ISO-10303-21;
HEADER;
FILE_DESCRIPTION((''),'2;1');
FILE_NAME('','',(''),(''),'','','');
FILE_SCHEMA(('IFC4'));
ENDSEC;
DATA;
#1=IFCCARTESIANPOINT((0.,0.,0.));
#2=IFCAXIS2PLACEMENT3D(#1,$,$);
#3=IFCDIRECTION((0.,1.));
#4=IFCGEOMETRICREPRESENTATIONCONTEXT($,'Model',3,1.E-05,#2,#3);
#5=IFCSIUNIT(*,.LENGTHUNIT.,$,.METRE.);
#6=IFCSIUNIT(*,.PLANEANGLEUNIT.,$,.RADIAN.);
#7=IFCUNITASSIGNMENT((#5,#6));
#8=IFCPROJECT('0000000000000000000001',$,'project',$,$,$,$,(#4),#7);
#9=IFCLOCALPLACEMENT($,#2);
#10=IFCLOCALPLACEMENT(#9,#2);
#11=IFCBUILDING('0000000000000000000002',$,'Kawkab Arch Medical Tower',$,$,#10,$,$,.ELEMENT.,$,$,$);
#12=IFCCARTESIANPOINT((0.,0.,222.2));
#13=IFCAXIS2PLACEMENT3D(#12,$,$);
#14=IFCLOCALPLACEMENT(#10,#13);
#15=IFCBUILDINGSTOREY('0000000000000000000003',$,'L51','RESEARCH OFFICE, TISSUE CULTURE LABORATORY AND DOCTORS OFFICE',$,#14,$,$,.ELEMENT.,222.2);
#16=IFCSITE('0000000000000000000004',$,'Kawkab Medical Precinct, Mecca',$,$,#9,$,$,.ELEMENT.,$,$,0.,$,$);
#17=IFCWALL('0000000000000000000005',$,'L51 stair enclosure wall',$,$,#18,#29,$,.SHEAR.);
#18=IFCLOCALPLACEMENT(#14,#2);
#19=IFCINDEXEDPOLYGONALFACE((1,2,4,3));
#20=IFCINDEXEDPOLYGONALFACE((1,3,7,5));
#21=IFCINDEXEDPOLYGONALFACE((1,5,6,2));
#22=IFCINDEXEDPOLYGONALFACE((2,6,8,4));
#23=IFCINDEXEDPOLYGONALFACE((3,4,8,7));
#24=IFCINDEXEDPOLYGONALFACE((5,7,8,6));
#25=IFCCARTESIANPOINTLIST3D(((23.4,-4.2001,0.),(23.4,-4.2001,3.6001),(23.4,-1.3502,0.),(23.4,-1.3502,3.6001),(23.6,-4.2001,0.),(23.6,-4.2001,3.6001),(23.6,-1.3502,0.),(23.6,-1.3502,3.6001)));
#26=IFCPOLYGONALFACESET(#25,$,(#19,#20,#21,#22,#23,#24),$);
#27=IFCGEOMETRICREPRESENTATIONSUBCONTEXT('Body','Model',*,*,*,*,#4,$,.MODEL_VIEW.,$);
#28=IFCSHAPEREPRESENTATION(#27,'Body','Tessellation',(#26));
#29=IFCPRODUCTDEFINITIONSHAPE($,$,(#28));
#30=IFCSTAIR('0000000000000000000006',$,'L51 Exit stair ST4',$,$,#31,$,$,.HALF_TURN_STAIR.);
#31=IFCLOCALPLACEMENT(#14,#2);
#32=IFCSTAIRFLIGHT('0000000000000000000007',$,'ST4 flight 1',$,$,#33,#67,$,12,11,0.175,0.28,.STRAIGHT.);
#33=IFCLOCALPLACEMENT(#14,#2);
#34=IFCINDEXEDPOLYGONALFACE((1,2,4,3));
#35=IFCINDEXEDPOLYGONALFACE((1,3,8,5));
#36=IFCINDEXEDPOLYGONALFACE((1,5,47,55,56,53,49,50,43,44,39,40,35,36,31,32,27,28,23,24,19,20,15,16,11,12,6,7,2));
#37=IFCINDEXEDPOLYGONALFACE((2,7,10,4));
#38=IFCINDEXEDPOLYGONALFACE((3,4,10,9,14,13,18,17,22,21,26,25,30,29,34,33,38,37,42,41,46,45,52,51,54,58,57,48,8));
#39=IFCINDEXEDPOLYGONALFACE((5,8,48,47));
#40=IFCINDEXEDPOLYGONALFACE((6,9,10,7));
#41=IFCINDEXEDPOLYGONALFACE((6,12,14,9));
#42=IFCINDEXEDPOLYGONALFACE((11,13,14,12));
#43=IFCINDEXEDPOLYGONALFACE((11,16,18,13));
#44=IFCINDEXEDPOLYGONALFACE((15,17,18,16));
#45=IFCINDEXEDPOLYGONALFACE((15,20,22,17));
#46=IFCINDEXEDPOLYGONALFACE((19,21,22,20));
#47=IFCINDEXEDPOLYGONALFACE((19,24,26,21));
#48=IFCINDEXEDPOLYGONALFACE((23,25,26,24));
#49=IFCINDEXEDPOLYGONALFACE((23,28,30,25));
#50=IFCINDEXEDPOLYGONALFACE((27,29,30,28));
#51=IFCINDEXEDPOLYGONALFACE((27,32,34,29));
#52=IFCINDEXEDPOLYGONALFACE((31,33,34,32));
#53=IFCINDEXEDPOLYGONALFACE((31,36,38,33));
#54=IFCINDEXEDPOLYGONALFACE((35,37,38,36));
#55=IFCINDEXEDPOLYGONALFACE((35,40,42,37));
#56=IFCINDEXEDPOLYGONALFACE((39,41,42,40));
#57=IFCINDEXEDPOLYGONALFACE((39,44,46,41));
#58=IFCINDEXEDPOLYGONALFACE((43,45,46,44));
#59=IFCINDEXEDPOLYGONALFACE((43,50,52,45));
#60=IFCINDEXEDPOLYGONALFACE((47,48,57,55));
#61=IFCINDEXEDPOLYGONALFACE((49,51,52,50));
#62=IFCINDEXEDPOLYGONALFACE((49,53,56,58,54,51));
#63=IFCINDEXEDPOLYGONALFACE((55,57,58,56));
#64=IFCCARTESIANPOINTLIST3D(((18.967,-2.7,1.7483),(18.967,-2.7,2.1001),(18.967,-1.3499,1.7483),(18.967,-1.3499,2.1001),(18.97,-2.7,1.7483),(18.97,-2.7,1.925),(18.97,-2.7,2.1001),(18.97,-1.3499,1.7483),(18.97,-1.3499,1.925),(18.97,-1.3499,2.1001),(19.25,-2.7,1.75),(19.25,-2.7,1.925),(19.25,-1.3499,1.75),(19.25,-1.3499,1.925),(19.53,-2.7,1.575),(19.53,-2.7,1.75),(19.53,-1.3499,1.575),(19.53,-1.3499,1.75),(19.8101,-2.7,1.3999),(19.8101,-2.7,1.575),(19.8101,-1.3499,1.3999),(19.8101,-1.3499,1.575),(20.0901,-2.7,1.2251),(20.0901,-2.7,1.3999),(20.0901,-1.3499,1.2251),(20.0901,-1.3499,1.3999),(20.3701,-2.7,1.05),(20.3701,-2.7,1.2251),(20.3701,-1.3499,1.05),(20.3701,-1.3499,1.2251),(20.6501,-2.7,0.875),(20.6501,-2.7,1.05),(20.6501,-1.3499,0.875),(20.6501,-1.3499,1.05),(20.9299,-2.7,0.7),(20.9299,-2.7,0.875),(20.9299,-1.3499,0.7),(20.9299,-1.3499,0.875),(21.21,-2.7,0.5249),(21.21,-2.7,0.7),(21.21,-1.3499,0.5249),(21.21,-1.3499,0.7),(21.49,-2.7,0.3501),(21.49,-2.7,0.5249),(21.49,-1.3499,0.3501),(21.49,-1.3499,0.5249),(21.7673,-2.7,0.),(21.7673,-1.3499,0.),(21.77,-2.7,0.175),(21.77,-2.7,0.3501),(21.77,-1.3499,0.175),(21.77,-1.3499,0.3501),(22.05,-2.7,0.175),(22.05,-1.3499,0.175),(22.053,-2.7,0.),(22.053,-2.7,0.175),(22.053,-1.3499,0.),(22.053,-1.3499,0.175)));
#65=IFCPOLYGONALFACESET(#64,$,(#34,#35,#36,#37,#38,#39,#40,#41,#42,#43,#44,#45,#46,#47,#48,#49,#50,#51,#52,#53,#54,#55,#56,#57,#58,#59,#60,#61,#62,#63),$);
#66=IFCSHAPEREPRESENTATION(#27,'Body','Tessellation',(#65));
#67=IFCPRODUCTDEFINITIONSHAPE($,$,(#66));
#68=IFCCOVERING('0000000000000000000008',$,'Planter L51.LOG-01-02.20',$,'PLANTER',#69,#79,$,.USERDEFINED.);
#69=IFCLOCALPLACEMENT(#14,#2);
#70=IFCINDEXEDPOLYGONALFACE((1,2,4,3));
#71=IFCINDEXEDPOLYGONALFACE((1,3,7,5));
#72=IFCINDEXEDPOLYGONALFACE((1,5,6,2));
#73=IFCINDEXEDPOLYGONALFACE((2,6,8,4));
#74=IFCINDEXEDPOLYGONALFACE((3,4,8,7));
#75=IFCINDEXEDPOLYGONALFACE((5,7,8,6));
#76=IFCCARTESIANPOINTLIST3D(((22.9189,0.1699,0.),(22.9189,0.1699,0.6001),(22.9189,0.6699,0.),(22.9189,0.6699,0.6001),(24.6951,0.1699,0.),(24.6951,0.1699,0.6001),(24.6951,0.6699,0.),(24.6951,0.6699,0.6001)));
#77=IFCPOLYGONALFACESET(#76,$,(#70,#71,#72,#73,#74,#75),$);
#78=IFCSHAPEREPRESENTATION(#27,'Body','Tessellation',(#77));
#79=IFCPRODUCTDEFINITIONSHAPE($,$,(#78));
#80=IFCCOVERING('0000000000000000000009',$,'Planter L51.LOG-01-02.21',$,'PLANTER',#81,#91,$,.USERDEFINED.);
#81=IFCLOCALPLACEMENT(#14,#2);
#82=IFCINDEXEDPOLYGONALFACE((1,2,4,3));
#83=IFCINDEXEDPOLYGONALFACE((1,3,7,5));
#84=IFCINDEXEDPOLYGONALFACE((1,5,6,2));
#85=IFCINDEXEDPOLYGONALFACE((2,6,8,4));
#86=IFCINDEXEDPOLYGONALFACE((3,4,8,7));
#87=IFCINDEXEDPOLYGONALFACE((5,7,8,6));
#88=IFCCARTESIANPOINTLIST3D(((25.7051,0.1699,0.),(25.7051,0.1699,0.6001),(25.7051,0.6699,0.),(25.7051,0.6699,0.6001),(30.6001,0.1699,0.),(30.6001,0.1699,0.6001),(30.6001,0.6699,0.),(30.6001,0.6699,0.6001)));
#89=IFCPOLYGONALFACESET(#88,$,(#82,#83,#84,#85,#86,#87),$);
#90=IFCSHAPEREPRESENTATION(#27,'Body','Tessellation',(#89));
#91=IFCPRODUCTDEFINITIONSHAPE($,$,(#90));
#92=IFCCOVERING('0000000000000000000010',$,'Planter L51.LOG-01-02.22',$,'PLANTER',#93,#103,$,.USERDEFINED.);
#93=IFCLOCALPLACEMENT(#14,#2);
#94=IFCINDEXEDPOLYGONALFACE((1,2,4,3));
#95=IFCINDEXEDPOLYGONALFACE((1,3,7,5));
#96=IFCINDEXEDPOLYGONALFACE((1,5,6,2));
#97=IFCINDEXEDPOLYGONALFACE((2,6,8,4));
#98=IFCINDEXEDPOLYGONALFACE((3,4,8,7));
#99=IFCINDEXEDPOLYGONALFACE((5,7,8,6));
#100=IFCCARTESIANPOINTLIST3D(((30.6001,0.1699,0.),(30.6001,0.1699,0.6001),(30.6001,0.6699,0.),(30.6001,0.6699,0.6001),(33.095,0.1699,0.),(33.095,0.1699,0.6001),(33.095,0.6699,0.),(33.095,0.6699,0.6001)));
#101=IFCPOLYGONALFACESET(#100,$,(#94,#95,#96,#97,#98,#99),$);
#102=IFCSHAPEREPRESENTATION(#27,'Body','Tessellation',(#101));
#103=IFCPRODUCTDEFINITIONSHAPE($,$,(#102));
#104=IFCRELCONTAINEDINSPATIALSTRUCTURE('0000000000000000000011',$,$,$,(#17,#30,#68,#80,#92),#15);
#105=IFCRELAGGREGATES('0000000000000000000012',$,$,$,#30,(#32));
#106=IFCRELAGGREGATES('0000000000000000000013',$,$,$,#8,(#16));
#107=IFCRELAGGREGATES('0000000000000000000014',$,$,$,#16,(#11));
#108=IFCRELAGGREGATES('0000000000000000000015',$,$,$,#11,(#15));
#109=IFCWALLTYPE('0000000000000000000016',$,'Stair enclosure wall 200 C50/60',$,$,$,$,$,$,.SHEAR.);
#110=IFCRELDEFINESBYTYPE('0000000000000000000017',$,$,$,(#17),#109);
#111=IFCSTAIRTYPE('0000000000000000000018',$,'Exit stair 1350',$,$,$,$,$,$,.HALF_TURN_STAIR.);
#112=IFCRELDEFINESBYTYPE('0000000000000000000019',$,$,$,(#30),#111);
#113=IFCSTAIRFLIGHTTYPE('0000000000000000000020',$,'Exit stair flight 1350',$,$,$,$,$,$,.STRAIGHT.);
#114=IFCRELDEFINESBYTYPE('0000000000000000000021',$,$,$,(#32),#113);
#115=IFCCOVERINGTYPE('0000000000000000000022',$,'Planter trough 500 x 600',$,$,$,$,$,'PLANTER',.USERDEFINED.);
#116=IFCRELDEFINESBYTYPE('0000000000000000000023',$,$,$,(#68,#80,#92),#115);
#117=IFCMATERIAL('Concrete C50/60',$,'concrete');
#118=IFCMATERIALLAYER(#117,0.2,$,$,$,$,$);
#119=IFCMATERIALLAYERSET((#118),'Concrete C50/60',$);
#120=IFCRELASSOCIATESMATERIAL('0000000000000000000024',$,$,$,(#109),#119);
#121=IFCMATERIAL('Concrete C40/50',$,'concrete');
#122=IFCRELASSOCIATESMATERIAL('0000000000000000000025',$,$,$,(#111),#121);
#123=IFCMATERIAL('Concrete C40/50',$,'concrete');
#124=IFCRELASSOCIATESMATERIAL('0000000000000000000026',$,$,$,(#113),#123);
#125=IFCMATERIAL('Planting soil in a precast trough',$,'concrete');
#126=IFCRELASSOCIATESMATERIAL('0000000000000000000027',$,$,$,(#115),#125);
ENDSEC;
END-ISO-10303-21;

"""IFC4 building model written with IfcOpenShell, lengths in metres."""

from ifc_helpers import new_model, si_unit, direction, frame, frame_2d, origin, origin_2d, place, context, subcontext, project, spatial, polyline, rectangle, outline, extrude, material, layer, layer_set, material_profile, profile_set, type_object, element, aggregate, save


model = new_model("IFC4")

# Units and contexts
model_context = context("Model", 3, precision=1e-05, world=origin(), true_north=direction((0.0, 1.0)))
body_context = subcontext(model_context, "Body", "Model", "MODEL_VIEW")
ifc_project = project(units=[si_unit("LENGTHUNIT", "METRE"), si_unit("PLANEANGLEUNIT", "RADIAN")], contexts=[model_context])

# Site, building, storey
site_placement = place(None, origin())
site = spatial("IfcSite", under=ifc_project, at=site_placement, Name="Kawkab Medical Precinct, Mecca", CompositionType="ELEMENT", RefElevation=0.0)
building_placement = place(site_placement, origin())
building = spatial("IfcBuilding", under=site, at=building_placement, Name="Kawkab Arch Medical Tower", CompositionType="ELEMENT")
storey_placement = place(building_placement, frame((0.0, 0.0, 222.2)))
storey = spatial("IfcBuildingStorey", under=building, at=storey_placement, Name="L51", Description="RESEARCH OFFICE, TISSUE CULTURE LABORATORY AND DOCTORS OFFICE", CompositionType="ELEMENT", Elevation=222.2)

# Shared definitions
placement = place(storey_placement, origin())

# Wall
ifc_material_1 = material(Name="Concrete C50/60", Category="concrete")
ifc_layer_1 = layer(ifc_material_1, 0.2)
ifc_layer_set_1 = layer_set([ifc_layer_1], Name="Concrete C50/60")
wall_type_1 = type_object("IfcWallType", Name="Stair enclosure wall 200 C50/60", PredefinedType="SHEAR", material=ifc_layer_set_1)
wall_1_placement = place(storey_placement, frame((23.5, -4.2, 0.0), z_axis=(0.0, 0.0, 1.0), x_axis=(0.0, 1.0, 0.0)))
element("IfcWall", 1, at=wall_1_placement, inside=storey, type_object=wall_type_1, Name="L51 stair enclosure wall", PredefinedType="SHEAR", context=body_context, shape_type="SweptSolid", body=[
    extrude(rectangle(XDim=2.8499, YDim=0.2, at=frame_2d((1.4248, 0.0))), origin(), (0.0, 0.0, 1.0), 3.6001),
])

# Stair, stair flight
ifc_material_2 = material(Name="Concrete C40/50", Category="concrete")
stair_type = type_object("IfcStairType", Name="Exit stair 1350", PredefinedType="HALF_TURN_STAIR", material=ifc_material_2)
stair = element("IfcStair", 2, at=placement, inside=storey, type_object=stair_type, Name="L51 Exit stair ST4", PredefinedType="HALF_TURN_STAIR")
ifc_material_3 = material(Name="Concrete C40/50", Category="concrete")
stair_flight_type = type_object("IfcStairFlightType", Name="Exit stair flight 1350", PredefinedType="STRAIGHT", material=ifc_material_3)
stair_flight_placement = place(storey_placement, frame((22.05, -2.0249, 0.0), z_axis=(0.0, 0.0, 1.0), x_axis=(-1.0, 0.0, 0.0)))
stair_flight = element("IfcStairFlight", 3, at=stair_flight_placement, type_object=stair_flight_type, Name="ST4 flight 1", NumberOfRisers=12, NumberOfTreads=11, PredefinedType="STRAIGHT", RiserHeight=0.175, TreadLength=0.28, context=body_context, shape_type="SweptSolid", body=[
    extrude(outline(polyline([(-0.0029, 0.0), (-0.0029, 0.175), (0.0, 0.175), (0.28, 0.175), (0.28, 0.3501), (0.5601, 0.3501), (0.5601, 0.5249), (0.8401, 0.5249), (0.8401, 0.7), (1.1201, 0.7), (1.1201, 0.875), (1.3999, 0.875), (1.3999, 1.05), (1.6799, 1.05), (1.6799, 1.2251), (1.96, 1.2251), (1.96, 1.3999), (2.24, 1.3999), (2.24, 1.575), (2.52, 1.575), (2.52, 1.75), (2.8, 1.75), (2.8, 1.925), (3.0801, 1.925), (3.0801, 2.1001), (3.083, 2.1001), (3.083, 1.7483), (3.0801, 1.7483), (0.2827, 0.0), (-0.0029, 0.0)])), frame((0.0, 0.675, 0.0), z_axis=(0.0, -1.0, 0.0), x_axis=(1.0, 0.0, 0.0)), (0.0, 0.0, 1.0), 1.3501),
])
aggregate(stair, [stair_flight])

# Coverings
ifc_material_4 = material(Name="Planting soil in a precast trough", Category="concrete")
ifc_material_profile_1 = material_profile(ifc_material_4, rectangle(XDim=0.5, YDim=0.6001, at=origin_2d()), Name="Trough 500x600")
ifc_profile_set_1 = profile_set([ifc_material_profile_1], Name="Planting soil in a precast trough")
covering_type = type_object("IfcCoveringType", Name="Planter trough 500 x 600", ElementType="PLANTER", PredefinedType="USERDEFINED", material=ifc_profile_set_1)
covering_1_placement = place(storey_placement, frame((22.9189, 0.4199, 0.3), z_axis=(1.0, 0.0, 0.0), x_axis=(0.0, 1.0, 0.0)))
element("IfcCovering", 4, at=covering_1_placement, inside=storey, type_object=covering_type, Name="Planter L51.LOG-01-02.20", ObjectType="PLANTER", PredefinedType="USERDEFINED", context=body_context, shape_type="SweptSolid", body=[
    extrude(rectangle(XDim=0.5, YDim=0.6001, at=origin_2d()), origin(), (0.0, 0.0, 1.0), 1.7761),
])
covering_2_placement = place(storey_placement, frame((25.7051, 0.4199, 0.3), z_axis=(1.0, 0.0, 0.0), x_axis=(0.0, 1.0, 0.0)))
element("IfcCovering", 5, at=covering_2_placement, inside=storey, type_object=covering_type, Name="Planter L51.LOG-01-02.21", ObjectType="PLANTER", PredefinedType="USERDEFINED", context=body_context, shape_type="SweptSolid", body=[
    extrude(rectangle(XDim=0.5, YDim=0.6001, at=origin_2d()), origin(), (0.0, 0.0, 1.0), 4.895),
])
covering_3_placement = place(storey_placement, frame((30.6001, 0.4199, 0.3), z_axis=(1.0, 0.0, 0.0), x_axis=(0.0, 1.0, 0.0)))
element("IfcCovering", 6, at=covering_3_placement, inside=storey, type_object=covering_type, Name="Planter L51.LOG-01-02.22", ObjectType="PLANTER", PredefinedType="USERDEFINED", context=body_context, shape_type="SweptSolid", body=[
    extrude(rectangle(XDim=0.5, YDim=0.6001, at=origin_2d()), origin(), (0.0, 0.0, 1.0), 2.4949),
])

save(model, "model.ifc")
